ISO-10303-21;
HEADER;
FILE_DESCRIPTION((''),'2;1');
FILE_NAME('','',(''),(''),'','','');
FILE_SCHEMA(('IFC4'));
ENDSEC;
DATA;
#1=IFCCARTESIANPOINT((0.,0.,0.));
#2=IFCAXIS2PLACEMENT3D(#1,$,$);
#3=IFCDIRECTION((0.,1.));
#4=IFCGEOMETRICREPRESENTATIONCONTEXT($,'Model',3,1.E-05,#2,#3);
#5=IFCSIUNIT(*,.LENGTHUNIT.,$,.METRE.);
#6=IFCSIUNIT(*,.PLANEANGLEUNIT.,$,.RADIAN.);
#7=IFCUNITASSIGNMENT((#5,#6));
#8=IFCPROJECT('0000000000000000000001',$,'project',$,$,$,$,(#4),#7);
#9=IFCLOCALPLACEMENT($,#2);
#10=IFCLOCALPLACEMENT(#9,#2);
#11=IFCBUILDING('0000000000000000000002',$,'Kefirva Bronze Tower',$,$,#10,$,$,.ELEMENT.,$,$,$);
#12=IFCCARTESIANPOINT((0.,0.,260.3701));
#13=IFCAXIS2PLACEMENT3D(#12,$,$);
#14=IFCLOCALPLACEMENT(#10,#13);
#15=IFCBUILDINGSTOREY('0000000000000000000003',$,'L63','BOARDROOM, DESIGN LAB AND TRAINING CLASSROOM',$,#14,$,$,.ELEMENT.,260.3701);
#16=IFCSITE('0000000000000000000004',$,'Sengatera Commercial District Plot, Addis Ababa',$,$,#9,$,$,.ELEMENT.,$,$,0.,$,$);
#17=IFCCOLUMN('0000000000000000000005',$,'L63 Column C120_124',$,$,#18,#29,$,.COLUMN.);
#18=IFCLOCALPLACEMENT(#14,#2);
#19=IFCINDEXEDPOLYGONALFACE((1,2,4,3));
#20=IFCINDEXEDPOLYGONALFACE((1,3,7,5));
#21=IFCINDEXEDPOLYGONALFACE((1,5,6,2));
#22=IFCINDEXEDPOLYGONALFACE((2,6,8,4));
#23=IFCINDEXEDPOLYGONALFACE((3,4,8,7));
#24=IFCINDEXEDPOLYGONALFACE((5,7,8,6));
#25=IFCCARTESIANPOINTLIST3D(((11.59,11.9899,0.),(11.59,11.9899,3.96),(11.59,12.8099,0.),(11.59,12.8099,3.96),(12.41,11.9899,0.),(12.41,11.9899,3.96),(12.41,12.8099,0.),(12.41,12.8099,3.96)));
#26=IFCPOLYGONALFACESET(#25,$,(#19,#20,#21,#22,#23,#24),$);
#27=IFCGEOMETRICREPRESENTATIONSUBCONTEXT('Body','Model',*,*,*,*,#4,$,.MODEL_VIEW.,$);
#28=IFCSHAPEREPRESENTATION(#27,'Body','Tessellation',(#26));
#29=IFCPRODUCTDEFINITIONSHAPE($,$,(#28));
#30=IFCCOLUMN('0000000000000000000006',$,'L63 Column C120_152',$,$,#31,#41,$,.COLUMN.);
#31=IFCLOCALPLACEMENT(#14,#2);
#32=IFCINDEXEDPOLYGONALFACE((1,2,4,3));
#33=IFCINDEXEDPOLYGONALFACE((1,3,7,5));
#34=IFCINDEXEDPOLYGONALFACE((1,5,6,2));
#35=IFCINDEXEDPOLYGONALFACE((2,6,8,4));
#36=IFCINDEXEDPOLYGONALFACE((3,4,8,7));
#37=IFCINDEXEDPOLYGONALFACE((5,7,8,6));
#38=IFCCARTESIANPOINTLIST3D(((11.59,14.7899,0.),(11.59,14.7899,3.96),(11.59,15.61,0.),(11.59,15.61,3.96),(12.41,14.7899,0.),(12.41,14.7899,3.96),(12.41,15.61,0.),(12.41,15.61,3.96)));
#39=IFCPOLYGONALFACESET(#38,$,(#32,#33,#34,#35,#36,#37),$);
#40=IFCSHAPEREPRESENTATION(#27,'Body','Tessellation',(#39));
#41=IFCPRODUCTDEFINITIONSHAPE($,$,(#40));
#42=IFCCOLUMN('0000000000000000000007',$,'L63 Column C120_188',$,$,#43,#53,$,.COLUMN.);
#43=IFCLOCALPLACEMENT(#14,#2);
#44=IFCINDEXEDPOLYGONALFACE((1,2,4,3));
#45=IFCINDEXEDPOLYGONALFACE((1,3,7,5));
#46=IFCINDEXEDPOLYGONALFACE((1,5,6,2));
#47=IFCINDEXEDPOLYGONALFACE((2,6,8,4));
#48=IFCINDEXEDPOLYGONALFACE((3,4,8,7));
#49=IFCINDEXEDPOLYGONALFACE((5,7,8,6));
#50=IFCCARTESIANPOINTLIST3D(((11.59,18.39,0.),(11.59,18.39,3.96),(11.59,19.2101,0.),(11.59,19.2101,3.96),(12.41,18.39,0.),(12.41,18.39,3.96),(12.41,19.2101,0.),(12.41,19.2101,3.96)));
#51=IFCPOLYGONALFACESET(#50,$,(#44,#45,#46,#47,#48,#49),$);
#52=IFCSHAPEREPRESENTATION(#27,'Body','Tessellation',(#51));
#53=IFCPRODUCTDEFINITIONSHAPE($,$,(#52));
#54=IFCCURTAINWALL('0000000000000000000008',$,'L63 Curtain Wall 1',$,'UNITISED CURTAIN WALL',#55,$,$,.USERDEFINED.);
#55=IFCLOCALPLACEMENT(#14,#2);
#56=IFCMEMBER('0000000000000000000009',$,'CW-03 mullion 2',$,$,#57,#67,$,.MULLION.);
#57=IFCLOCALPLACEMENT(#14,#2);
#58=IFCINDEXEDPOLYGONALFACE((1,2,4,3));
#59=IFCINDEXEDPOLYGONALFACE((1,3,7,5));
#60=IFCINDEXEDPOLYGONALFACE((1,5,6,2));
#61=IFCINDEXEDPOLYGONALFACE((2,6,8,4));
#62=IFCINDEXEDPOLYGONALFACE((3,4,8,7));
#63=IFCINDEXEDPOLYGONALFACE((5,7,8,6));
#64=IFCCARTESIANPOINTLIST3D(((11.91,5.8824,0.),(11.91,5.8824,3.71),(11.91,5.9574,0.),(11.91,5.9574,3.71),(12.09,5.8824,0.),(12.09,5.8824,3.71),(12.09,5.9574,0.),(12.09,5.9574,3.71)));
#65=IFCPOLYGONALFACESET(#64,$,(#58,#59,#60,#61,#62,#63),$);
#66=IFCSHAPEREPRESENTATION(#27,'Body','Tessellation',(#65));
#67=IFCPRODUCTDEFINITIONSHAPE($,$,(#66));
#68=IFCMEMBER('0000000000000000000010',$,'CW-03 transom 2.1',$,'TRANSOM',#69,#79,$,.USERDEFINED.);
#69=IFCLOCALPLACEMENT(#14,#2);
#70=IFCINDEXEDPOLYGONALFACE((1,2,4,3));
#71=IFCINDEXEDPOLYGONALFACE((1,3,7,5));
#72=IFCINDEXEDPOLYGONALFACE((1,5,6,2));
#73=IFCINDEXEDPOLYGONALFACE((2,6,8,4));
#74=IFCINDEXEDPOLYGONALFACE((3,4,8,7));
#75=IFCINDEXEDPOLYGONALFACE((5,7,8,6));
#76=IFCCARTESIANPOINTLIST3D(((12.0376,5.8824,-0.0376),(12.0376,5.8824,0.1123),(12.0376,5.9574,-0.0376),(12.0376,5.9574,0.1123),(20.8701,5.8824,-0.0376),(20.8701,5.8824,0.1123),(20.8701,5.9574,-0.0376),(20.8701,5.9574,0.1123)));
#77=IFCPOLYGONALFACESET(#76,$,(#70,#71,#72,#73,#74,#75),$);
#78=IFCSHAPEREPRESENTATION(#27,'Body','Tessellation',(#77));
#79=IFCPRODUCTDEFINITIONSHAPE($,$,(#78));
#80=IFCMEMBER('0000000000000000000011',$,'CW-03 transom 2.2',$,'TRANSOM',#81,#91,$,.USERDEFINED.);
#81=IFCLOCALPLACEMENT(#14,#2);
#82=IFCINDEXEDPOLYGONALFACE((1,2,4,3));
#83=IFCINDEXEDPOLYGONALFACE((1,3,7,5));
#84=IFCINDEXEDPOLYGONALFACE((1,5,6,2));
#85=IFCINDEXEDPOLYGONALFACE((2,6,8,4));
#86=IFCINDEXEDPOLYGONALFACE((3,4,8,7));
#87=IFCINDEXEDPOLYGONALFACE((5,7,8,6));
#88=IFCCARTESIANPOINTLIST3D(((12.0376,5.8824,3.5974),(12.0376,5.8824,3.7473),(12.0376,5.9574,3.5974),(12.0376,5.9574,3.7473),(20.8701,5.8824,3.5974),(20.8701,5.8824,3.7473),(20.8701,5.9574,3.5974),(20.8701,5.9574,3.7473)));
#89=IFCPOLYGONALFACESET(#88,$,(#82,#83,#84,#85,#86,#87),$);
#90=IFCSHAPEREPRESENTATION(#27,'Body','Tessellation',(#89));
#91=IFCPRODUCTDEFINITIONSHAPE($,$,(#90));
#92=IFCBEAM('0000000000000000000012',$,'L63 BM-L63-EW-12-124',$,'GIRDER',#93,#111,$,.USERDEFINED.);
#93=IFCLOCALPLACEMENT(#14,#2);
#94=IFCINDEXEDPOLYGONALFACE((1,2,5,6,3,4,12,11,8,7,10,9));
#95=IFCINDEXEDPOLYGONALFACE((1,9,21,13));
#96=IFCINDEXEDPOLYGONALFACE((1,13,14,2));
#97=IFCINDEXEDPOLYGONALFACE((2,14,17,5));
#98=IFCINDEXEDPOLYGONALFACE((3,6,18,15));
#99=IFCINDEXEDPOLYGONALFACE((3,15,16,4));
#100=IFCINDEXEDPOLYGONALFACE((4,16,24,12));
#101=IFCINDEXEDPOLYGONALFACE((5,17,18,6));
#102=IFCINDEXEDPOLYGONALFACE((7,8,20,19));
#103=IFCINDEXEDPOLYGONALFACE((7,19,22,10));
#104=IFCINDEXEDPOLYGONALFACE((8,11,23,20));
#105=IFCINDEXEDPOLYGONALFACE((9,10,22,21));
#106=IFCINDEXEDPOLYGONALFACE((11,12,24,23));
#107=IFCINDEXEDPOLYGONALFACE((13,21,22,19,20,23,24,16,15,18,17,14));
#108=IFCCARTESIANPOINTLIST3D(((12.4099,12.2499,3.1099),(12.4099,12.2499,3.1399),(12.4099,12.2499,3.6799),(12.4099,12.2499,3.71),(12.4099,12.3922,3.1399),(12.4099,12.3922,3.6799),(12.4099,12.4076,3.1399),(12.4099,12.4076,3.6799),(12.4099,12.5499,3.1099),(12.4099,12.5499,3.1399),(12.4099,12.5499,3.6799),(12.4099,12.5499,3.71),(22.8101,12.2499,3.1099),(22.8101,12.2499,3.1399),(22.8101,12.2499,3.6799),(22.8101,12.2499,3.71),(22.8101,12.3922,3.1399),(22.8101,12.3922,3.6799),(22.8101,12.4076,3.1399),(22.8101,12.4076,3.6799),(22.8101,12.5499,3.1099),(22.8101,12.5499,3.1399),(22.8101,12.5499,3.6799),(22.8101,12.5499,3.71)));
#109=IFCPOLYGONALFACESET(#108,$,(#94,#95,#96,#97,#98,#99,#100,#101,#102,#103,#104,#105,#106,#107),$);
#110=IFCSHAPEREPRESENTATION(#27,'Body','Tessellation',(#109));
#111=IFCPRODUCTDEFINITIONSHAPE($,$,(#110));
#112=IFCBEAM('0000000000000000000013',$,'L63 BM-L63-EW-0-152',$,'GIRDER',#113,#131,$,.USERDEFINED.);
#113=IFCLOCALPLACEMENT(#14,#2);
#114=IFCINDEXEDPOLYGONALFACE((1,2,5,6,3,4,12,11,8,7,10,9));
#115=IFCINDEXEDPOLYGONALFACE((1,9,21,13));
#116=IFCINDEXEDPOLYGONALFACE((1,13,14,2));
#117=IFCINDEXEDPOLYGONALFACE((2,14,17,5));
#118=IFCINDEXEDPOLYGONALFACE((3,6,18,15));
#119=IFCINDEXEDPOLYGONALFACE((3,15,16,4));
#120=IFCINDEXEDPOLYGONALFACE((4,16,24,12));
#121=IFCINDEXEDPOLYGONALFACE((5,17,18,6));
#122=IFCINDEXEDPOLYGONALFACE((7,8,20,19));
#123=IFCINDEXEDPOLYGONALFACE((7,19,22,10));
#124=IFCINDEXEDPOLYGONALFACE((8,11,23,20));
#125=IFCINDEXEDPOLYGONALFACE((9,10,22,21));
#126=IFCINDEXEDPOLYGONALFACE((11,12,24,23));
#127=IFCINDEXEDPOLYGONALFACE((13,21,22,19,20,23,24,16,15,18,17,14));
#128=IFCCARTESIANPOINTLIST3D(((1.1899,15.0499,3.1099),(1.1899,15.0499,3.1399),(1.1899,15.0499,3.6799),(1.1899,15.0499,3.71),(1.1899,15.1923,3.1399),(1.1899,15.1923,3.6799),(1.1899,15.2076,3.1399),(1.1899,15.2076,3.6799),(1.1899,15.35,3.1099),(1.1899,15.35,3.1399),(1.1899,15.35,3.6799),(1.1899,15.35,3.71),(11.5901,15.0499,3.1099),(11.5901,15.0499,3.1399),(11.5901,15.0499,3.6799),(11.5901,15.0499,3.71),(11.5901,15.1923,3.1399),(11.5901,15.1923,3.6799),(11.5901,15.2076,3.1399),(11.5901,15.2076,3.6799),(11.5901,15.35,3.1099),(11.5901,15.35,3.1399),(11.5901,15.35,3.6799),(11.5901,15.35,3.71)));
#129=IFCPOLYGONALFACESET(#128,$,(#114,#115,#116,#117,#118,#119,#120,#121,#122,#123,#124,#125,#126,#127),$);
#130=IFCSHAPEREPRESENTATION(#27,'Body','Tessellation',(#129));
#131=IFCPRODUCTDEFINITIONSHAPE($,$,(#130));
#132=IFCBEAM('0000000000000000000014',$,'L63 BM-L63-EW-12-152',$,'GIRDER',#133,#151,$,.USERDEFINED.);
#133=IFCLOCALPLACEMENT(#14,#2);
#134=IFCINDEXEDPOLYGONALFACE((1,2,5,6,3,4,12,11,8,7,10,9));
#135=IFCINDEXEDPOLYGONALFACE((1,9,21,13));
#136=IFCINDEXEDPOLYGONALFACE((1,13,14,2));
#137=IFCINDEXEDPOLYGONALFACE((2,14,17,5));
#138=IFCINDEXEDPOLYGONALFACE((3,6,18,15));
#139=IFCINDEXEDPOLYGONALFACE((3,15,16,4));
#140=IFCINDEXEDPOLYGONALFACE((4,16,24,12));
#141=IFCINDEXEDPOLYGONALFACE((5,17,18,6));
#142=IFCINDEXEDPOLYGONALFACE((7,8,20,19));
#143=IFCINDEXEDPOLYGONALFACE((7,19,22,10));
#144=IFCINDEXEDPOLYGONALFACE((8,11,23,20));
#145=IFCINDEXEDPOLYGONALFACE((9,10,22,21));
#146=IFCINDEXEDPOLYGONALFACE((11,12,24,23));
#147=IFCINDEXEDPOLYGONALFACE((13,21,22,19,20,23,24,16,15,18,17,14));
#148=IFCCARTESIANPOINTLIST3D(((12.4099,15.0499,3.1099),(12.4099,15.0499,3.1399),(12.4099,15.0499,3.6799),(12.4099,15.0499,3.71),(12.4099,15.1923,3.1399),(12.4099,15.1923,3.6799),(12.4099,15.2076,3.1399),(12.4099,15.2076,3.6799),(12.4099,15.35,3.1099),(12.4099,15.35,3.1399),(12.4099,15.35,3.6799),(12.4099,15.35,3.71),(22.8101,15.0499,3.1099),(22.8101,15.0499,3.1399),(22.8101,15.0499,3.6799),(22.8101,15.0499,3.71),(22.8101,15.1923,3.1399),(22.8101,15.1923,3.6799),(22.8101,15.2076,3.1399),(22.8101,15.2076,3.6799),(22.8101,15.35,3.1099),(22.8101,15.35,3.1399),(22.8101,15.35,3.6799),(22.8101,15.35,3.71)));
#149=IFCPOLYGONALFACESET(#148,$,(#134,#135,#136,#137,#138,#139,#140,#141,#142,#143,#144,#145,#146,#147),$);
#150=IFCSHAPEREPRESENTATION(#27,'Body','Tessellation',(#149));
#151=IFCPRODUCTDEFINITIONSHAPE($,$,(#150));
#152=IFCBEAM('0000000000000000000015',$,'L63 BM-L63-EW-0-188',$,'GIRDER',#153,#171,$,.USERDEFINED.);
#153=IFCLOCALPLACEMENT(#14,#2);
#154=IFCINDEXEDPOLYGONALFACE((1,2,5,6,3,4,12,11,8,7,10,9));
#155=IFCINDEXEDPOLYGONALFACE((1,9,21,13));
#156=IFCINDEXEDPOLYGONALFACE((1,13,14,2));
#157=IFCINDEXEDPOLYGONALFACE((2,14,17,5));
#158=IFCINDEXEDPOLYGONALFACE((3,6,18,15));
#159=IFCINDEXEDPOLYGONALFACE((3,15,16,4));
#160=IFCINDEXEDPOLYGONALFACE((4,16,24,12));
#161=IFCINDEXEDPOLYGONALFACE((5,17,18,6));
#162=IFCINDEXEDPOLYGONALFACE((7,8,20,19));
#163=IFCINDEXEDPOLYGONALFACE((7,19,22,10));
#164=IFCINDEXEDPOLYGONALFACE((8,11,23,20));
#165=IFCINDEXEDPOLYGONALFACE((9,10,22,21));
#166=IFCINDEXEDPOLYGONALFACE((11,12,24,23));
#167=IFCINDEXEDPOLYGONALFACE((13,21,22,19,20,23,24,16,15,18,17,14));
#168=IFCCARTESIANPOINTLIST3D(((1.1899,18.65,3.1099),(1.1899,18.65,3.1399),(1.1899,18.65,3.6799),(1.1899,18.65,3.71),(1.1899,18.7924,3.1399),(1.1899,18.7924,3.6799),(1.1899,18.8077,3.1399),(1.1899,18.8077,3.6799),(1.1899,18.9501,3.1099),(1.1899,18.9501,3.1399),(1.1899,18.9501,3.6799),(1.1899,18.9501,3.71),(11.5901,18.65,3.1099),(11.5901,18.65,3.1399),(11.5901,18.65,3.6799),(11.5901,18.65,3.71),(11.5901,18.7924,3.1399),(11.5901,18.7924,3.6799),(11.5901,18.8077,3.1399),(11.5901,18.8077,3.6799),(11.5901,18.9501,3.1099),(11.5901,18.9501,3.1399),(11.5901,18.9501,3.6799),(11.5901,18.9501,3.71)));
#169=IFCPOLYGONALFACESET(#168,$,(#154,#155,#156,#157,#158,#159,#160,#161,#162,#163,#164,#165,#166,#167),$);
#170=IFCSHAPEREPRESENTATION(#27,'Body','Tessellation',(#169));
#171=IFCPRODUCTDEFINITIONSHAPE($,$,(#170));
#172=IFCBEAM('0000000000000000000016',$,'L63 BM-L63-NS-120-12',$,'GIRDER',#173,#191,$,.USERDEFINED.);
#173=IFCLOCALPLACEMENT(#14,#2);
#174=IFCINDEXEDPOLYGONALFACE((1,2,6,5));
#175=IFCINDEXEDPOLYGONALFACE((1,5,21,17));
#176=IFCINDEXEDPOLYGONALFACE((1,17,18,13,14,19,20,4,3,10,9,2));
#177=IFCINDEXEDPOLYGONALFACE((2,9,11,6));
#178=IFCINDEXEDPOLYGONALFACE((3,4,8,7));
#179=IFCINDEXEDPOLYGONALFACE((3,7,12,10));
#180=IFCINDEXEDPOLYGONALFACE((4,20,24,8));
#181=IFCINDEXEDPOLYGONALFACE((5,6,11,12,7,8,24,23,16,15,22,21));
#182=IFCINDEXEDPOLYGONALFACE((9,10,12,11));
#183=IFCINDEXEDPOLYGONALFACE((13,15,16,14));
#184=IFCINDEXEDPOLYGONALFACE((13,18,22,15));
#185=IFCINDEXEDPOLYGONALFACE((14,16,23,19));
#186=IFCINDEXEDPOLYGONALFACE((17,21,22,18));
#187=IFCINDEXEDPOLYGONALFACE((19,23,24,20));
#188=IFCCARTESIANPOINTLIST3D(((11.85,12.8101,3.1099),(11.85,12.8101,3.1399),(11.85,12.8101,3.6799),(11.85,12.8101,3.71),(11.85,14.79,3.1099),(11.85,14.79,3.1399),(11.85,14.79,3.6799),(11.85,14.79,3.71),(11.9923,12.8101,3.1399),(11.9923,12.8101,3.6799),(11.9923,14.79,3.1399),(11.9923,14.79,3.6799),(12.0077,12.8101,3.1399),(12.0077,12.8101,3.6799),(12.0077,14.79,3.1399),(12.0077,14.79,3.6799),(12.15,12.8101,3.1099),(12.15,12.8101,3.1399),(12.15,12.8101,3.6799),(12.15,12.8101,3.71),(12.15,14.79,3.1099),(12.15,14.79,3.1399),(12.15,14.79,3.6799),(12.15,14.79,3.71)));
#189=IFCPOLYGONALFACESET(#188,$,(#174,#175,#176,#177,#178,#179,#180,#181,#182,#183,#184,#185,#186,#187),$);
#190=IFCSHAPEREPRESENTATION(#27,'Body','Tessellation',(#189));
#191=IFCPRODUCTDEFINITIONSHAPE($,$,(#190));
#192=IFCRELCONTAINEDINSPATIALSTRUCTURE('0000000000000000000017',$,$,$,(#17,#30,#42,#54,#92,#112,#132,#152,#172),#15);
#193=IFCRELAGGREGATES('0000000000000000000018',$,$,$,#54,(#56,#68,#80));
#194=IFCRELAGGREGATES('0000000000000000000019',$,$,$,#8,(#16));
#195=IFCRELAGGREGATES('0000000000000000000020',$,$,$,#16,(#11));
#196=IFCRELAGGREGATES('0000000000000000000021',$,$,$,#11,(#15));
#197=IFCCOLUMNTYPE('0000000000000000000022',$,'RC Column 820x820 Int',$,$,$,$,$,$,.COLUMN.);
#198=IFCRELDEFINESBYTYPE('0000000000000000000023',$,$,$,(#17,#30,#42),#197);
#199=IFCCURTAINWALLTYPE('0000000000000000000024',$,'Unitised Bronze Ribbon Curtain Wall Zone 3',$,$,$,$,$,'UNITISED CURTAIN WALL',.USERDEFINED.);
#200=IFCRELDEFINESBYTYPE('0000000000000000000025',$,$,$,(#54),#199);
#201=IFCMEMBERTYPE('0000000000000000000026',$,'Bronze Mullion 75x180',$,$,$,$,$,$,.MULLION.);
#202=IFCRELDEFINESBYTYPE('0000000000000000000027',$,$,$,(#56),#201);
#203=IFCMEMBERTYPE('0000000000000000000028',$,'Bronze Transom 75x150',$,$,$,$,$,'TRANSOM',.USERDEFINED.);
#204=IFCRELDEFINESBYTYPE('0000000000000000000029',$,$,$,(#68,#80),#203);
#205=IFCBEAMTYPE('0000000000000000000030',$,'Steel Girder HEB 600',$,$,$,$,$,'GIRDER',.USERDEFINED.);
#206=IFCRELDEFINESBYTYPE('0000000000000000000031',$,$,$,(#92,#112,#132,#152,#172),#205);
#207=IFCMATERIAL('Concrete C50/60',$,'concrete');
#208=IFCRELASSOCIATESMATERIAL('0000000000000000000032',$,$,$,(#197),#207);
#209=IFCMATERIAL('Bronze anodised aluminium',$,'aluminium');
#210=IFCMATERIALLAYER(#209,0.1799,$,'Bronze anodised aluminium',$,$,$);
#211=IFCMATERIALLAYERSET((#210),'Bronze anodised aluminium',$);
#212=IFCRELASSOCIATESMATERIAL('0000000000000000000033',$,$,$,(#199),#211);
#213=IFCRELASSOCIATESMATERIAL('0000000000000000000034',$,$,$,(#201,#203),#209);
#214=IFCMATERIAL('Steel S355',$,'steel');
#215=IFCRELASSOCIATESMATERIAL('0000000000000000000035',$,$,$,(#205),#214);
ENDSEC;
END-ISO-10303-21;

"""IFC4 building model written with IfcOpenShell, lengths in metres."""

from ifc_helpers import new_model, si_unit, direction, frame, origin, origin_2d, place, context, subcontext, project, spatial, rectangle, i_section, extrude, material, layer, layer_set, material_profile, profile_set, type_object, element, aggregate, save


model = new_model("IFC4")

# Units and contexts
model_context = context("Model", 3, precision=1e-05, world=origin(), true_north=direction((0.0, 1.0)))
body_context = subcontext(model_context, "Body", "Model", "MODEL_VIEW")
ifc_project = project(units=[si_unit("LENGTHUNIT", "METRE"), si_unit("PLANEANGLEUNIT", "RADIAN")], contexts=[model_context])

# Site, building, storey
site_placement = place(None, origin())
site = spatial("IfcSite", under=ifc_project, at=site_placement, Name="Sengatera Commercial District Plot, Addis Ababa", CompositionType="ELEMENT", RefElevation=0.0)
building_placement = place(site_placement, origin())
building = spatial("IfcBuilding", under=site, at=building_placement, Name="Kefirva Bronze Tower", CompositionType="ELEMENT")
storey_placement = place(building_placement, frame((0.0, 0.0, 260.3701)))
storey = spatial("IfcBuildingStorey", under=building, at=storey_placement, Name="L63", Description="BOARDROOM, DESIGN LAB AND TRAINING CLASSROOM", CompositionType="ELEMENT", Elevation=260.3701)

# Columns
ifc_material_1 = material(Name="Concrete C50/60", Category="concrete")
ifc_material_profile_1 = material_profile(ifc_material_1, rectangle(XDim=0.8201, YDim=0.8201, at=origin_2d()), Name="RC 820x820")
ifc_profile_set_1 = profile_set([ifc_material_profile_1], Name="Concrete C50/60")
column_type = type_object("IfcColumnType", Name="RC Column 820x820 Int", PredefinedType="COLUMN", material=ifc_profile_set_1)
for number, where, z_axis, x_axis, name in (
    (1, (12.0, 12.3999, 0.0), (0.0, 0.0, 1.0), (1.0, 0.0, 0.0), "L63 Column C120_124"),
    (2, (12.0, 15.2, 0.0), (0.0, 0.0, 1.0), (1.0, 0.0, 0.0), "L63 Column C120_152"),
    (3, (12.0, 18.8, 0.0), (0.0, 0.0, 1.0), (1.0, 0.0, 0.0), "L63 Column C120_188"),
):
    element("IfcColumn", number, at=place(storey_placement, frame(where, z_axis=z_axis, x_axis=x_axis)), inside=storey, type_object=column_type, Name=name, PredefinedType="COLUMN", context=body_context, shape_type="SweptSolid", body=[
        extrude(rectangle(XDim=0.8201, YDim=0.8201, at=origin_2d()), origin(), (0.0, 0.0, 1.0), 3.96),
    ])

# Curtain wall, members
ifc_material_2 = material(Name="Bronze anodised aluminium", Category="aluminium")
ifc_layer_1 = layer(ifc_material_2, 0.1799, Name="Bronze anodised aluminium")
ifc_layer_set_1 = layer_set([ifc_layer_1], Name="Bronze anodised aluminium")
curtain_wall_type = type_object("IfcCurtainWallType", Name="Unitised Bronze Ribbon Curtain Wall Zone 3", ElementType="UNITISED CURTAIN WALL", PredefinedType="USERDEFINED", material=ifc_layer_set_1)
curtain_wall_placement = place(storey_placement, origin())
curtain_wall = element("IfcCurtainWall", 4, at=curtain_wall_placement, inside=storey, type_object=curtain_wall_type, Name="L63 Curtain Wall 1", ObjectType="UNITISED CURTAIN WALL", PredefinedType="USERDEFINED")
ifc_material_profile_2 = material_profile(ifc_material_2, rectangle(XDim=0.075, YDim=0.1799, at=origin_2d()), Name="ALU 75x180")
ifc_profile_set_2 = profile_set([ifc_material_profile_2], Name="Bronze anodised aluminium")
member_type_1 = type_object("IfcMemberType", Name="Bronze Mullion 75x180", PredefinedType="MULLION", material=ifc_profile_set_2)
member_1_placement = place(storey_placement, frame((12.0, 5.9199, 0.0), z_axis=(0.0, 0.0, 1.0), x_axis=(0.0, 1.0, 0.0)))
member_1 = element("IfcMember", 5, at=member_1_placement, type_object=member_type_1, Name="CW-03 mullion 2", PredefinedType="MULLION", context=body_context, shape_type="SweptSolid", body=[
    extrude(rectangle(XDim=0.075, YDim=0.1799, at=origin_2d()), origin(), (0.0, 0.0, 1.0), 3.71),
])
ifc_material_profile_3 = material_profile(ifc_material_2, rectangle(XDim=0.075, YDim=0.1499, at=origin_2d()), Name="ALU 75x150")
ifc_profile_set_3 = profile_set([ifc_material_profile_3], Name="Bronze anodised aluminium")
member_type_2 = type_object("IfcMemberType", Name="Bronze Transom 75x150", ElementType="TRANSOM", PredefinedType="USERDEFINED", material=ifc_profile_set_3)
member_2_placement = place(storey_placement, frame((12.0376, 5.9199, 0.0374), z_axis=(1.0, 0.0, 0.0), x_axis=(0.0, 1.0, 0.0)))
member_2 = element("IfcMember", 6, at=member_2_placement, type_object=member_type_2, Name="CW-03 transom 2.1", ObjectType="TRANSOM", PredefinedType="USERDEFINED", context=body_context, shape_type="SweptSolid", body=[
    extrude(rectangle(XDim=0.075, YDim=0.1499, at=origin_2d()), origin(), (0.0, 0.0, 1.0), 8.8325),
])
member_3_placement = place(storey_placement, frame((12.0376, 5.9199, 3.6724), z_axis=(1.0, 0.0, 0.0), x_axis=(0.0, 1.0, 0.0)))
member_3 = element("IfcMember", 7, at=member_3_placement, type_object=member_type_2, Name="CW-03 transom 2.2", ObjectType="TRANSOM", PredefinedType="USERDEFINED", context=body_context, shape_type="SweptSolid", body=[
    extrude(rectangle(XDim=0.075, YDim=0.1499, at=origin_2d()), origin(), (0.0, 0.0, 1.0), 8.8325),
])

# Beams
ifc_material_3 = material(Name="Steel S355", Category="steel")
ifc_material_profile_4 = material_profile(ifc_material_3, i_section(OverallWidth=0.3, OverallDepth=0.6001, WebThickness=0.0154, FlangeThickness=0.03, at=origin_2d()), Name="HEB 600")
ifc_profile_set_4 = profile_set([ifc_material_profile_4], Name="Steel S355")
beam_type = type_object("IfcBeamType", Name="Steel Girder HEB 600", ElementType="GIRDER", PredefinedType="USERDEFINED", material=ifc_profile_set_4)
for number, where, z_axis, x_axis, name in (
    (8, (12.4099, 12.3999, 3.4099), (1.0, 0.0, 0.0), (0.0, 1.0, 0.0), "L63 BM-L63-EW-12-124"),
    (9, (1.1899, 15.2, 3.4099), (1.0, 0.0, 0.0), (0.0, 1.0, 0.0), "L63 BM-L63-EW-0-152"),
    (10, (12.4099, 15.2, 3.4099), (1.0, 0.0, 0.0), (0.0, 1.0, 0.0), "L63 BM-L63-EW-12-152"),
    (11, (1.1899, 18.8, 3.4099), (1.0, 0.0, 0.0), (0.0, 1.0, 0.0), "L63 BM-L63-EW-0-188"),
):
    element("IfcBeam", number, at=place(storey_placement, frame(where, z_axis=z_axis, x_axis=x_axis)), inside=storey, type_object=beam_type, Name=name, ObjectType="GIRDER", PredefinedType="USERDEFINED", context=body_context, shape_type="SweptSolid", body=[
        extrude(i_section(OverallWidth=0.3, OverallDepth=0.6001, WebThickness=0.0154, FlangeThickness=0.03, at=origin_2d()), origin(), (0.0, 0.0, 1.0), 10.4001),
    ])
beam_1_placement = place(storey_placement, frame((12.0, 12.8101, 3.4099), z_axis=(0.0, 1.0, 0.0), x_axis=(-1.0, 0.0, 0.0)))
element("IfcBeam", 12, at=beam_1_placement, inside=storey, type_object=beam_type, Name="L63 BM-L63-NS-120-12", ObjectType="GIRDER", PredefinedType="USERDEFINED", context=body_context, shape_type="SweptSolid", body=[
    extrude(i_section(OverallWidth=0.3, OverallDepth=0.6001, WebThickness=0.0154, FlangeThickness=0.03, at=origin_2d()), origin(), (0.0, 0.0, 1.0), 1.98),
])

aggregate(curtain_wall, [member_1, member_2, member_3])

save(model, "model.ifc")
